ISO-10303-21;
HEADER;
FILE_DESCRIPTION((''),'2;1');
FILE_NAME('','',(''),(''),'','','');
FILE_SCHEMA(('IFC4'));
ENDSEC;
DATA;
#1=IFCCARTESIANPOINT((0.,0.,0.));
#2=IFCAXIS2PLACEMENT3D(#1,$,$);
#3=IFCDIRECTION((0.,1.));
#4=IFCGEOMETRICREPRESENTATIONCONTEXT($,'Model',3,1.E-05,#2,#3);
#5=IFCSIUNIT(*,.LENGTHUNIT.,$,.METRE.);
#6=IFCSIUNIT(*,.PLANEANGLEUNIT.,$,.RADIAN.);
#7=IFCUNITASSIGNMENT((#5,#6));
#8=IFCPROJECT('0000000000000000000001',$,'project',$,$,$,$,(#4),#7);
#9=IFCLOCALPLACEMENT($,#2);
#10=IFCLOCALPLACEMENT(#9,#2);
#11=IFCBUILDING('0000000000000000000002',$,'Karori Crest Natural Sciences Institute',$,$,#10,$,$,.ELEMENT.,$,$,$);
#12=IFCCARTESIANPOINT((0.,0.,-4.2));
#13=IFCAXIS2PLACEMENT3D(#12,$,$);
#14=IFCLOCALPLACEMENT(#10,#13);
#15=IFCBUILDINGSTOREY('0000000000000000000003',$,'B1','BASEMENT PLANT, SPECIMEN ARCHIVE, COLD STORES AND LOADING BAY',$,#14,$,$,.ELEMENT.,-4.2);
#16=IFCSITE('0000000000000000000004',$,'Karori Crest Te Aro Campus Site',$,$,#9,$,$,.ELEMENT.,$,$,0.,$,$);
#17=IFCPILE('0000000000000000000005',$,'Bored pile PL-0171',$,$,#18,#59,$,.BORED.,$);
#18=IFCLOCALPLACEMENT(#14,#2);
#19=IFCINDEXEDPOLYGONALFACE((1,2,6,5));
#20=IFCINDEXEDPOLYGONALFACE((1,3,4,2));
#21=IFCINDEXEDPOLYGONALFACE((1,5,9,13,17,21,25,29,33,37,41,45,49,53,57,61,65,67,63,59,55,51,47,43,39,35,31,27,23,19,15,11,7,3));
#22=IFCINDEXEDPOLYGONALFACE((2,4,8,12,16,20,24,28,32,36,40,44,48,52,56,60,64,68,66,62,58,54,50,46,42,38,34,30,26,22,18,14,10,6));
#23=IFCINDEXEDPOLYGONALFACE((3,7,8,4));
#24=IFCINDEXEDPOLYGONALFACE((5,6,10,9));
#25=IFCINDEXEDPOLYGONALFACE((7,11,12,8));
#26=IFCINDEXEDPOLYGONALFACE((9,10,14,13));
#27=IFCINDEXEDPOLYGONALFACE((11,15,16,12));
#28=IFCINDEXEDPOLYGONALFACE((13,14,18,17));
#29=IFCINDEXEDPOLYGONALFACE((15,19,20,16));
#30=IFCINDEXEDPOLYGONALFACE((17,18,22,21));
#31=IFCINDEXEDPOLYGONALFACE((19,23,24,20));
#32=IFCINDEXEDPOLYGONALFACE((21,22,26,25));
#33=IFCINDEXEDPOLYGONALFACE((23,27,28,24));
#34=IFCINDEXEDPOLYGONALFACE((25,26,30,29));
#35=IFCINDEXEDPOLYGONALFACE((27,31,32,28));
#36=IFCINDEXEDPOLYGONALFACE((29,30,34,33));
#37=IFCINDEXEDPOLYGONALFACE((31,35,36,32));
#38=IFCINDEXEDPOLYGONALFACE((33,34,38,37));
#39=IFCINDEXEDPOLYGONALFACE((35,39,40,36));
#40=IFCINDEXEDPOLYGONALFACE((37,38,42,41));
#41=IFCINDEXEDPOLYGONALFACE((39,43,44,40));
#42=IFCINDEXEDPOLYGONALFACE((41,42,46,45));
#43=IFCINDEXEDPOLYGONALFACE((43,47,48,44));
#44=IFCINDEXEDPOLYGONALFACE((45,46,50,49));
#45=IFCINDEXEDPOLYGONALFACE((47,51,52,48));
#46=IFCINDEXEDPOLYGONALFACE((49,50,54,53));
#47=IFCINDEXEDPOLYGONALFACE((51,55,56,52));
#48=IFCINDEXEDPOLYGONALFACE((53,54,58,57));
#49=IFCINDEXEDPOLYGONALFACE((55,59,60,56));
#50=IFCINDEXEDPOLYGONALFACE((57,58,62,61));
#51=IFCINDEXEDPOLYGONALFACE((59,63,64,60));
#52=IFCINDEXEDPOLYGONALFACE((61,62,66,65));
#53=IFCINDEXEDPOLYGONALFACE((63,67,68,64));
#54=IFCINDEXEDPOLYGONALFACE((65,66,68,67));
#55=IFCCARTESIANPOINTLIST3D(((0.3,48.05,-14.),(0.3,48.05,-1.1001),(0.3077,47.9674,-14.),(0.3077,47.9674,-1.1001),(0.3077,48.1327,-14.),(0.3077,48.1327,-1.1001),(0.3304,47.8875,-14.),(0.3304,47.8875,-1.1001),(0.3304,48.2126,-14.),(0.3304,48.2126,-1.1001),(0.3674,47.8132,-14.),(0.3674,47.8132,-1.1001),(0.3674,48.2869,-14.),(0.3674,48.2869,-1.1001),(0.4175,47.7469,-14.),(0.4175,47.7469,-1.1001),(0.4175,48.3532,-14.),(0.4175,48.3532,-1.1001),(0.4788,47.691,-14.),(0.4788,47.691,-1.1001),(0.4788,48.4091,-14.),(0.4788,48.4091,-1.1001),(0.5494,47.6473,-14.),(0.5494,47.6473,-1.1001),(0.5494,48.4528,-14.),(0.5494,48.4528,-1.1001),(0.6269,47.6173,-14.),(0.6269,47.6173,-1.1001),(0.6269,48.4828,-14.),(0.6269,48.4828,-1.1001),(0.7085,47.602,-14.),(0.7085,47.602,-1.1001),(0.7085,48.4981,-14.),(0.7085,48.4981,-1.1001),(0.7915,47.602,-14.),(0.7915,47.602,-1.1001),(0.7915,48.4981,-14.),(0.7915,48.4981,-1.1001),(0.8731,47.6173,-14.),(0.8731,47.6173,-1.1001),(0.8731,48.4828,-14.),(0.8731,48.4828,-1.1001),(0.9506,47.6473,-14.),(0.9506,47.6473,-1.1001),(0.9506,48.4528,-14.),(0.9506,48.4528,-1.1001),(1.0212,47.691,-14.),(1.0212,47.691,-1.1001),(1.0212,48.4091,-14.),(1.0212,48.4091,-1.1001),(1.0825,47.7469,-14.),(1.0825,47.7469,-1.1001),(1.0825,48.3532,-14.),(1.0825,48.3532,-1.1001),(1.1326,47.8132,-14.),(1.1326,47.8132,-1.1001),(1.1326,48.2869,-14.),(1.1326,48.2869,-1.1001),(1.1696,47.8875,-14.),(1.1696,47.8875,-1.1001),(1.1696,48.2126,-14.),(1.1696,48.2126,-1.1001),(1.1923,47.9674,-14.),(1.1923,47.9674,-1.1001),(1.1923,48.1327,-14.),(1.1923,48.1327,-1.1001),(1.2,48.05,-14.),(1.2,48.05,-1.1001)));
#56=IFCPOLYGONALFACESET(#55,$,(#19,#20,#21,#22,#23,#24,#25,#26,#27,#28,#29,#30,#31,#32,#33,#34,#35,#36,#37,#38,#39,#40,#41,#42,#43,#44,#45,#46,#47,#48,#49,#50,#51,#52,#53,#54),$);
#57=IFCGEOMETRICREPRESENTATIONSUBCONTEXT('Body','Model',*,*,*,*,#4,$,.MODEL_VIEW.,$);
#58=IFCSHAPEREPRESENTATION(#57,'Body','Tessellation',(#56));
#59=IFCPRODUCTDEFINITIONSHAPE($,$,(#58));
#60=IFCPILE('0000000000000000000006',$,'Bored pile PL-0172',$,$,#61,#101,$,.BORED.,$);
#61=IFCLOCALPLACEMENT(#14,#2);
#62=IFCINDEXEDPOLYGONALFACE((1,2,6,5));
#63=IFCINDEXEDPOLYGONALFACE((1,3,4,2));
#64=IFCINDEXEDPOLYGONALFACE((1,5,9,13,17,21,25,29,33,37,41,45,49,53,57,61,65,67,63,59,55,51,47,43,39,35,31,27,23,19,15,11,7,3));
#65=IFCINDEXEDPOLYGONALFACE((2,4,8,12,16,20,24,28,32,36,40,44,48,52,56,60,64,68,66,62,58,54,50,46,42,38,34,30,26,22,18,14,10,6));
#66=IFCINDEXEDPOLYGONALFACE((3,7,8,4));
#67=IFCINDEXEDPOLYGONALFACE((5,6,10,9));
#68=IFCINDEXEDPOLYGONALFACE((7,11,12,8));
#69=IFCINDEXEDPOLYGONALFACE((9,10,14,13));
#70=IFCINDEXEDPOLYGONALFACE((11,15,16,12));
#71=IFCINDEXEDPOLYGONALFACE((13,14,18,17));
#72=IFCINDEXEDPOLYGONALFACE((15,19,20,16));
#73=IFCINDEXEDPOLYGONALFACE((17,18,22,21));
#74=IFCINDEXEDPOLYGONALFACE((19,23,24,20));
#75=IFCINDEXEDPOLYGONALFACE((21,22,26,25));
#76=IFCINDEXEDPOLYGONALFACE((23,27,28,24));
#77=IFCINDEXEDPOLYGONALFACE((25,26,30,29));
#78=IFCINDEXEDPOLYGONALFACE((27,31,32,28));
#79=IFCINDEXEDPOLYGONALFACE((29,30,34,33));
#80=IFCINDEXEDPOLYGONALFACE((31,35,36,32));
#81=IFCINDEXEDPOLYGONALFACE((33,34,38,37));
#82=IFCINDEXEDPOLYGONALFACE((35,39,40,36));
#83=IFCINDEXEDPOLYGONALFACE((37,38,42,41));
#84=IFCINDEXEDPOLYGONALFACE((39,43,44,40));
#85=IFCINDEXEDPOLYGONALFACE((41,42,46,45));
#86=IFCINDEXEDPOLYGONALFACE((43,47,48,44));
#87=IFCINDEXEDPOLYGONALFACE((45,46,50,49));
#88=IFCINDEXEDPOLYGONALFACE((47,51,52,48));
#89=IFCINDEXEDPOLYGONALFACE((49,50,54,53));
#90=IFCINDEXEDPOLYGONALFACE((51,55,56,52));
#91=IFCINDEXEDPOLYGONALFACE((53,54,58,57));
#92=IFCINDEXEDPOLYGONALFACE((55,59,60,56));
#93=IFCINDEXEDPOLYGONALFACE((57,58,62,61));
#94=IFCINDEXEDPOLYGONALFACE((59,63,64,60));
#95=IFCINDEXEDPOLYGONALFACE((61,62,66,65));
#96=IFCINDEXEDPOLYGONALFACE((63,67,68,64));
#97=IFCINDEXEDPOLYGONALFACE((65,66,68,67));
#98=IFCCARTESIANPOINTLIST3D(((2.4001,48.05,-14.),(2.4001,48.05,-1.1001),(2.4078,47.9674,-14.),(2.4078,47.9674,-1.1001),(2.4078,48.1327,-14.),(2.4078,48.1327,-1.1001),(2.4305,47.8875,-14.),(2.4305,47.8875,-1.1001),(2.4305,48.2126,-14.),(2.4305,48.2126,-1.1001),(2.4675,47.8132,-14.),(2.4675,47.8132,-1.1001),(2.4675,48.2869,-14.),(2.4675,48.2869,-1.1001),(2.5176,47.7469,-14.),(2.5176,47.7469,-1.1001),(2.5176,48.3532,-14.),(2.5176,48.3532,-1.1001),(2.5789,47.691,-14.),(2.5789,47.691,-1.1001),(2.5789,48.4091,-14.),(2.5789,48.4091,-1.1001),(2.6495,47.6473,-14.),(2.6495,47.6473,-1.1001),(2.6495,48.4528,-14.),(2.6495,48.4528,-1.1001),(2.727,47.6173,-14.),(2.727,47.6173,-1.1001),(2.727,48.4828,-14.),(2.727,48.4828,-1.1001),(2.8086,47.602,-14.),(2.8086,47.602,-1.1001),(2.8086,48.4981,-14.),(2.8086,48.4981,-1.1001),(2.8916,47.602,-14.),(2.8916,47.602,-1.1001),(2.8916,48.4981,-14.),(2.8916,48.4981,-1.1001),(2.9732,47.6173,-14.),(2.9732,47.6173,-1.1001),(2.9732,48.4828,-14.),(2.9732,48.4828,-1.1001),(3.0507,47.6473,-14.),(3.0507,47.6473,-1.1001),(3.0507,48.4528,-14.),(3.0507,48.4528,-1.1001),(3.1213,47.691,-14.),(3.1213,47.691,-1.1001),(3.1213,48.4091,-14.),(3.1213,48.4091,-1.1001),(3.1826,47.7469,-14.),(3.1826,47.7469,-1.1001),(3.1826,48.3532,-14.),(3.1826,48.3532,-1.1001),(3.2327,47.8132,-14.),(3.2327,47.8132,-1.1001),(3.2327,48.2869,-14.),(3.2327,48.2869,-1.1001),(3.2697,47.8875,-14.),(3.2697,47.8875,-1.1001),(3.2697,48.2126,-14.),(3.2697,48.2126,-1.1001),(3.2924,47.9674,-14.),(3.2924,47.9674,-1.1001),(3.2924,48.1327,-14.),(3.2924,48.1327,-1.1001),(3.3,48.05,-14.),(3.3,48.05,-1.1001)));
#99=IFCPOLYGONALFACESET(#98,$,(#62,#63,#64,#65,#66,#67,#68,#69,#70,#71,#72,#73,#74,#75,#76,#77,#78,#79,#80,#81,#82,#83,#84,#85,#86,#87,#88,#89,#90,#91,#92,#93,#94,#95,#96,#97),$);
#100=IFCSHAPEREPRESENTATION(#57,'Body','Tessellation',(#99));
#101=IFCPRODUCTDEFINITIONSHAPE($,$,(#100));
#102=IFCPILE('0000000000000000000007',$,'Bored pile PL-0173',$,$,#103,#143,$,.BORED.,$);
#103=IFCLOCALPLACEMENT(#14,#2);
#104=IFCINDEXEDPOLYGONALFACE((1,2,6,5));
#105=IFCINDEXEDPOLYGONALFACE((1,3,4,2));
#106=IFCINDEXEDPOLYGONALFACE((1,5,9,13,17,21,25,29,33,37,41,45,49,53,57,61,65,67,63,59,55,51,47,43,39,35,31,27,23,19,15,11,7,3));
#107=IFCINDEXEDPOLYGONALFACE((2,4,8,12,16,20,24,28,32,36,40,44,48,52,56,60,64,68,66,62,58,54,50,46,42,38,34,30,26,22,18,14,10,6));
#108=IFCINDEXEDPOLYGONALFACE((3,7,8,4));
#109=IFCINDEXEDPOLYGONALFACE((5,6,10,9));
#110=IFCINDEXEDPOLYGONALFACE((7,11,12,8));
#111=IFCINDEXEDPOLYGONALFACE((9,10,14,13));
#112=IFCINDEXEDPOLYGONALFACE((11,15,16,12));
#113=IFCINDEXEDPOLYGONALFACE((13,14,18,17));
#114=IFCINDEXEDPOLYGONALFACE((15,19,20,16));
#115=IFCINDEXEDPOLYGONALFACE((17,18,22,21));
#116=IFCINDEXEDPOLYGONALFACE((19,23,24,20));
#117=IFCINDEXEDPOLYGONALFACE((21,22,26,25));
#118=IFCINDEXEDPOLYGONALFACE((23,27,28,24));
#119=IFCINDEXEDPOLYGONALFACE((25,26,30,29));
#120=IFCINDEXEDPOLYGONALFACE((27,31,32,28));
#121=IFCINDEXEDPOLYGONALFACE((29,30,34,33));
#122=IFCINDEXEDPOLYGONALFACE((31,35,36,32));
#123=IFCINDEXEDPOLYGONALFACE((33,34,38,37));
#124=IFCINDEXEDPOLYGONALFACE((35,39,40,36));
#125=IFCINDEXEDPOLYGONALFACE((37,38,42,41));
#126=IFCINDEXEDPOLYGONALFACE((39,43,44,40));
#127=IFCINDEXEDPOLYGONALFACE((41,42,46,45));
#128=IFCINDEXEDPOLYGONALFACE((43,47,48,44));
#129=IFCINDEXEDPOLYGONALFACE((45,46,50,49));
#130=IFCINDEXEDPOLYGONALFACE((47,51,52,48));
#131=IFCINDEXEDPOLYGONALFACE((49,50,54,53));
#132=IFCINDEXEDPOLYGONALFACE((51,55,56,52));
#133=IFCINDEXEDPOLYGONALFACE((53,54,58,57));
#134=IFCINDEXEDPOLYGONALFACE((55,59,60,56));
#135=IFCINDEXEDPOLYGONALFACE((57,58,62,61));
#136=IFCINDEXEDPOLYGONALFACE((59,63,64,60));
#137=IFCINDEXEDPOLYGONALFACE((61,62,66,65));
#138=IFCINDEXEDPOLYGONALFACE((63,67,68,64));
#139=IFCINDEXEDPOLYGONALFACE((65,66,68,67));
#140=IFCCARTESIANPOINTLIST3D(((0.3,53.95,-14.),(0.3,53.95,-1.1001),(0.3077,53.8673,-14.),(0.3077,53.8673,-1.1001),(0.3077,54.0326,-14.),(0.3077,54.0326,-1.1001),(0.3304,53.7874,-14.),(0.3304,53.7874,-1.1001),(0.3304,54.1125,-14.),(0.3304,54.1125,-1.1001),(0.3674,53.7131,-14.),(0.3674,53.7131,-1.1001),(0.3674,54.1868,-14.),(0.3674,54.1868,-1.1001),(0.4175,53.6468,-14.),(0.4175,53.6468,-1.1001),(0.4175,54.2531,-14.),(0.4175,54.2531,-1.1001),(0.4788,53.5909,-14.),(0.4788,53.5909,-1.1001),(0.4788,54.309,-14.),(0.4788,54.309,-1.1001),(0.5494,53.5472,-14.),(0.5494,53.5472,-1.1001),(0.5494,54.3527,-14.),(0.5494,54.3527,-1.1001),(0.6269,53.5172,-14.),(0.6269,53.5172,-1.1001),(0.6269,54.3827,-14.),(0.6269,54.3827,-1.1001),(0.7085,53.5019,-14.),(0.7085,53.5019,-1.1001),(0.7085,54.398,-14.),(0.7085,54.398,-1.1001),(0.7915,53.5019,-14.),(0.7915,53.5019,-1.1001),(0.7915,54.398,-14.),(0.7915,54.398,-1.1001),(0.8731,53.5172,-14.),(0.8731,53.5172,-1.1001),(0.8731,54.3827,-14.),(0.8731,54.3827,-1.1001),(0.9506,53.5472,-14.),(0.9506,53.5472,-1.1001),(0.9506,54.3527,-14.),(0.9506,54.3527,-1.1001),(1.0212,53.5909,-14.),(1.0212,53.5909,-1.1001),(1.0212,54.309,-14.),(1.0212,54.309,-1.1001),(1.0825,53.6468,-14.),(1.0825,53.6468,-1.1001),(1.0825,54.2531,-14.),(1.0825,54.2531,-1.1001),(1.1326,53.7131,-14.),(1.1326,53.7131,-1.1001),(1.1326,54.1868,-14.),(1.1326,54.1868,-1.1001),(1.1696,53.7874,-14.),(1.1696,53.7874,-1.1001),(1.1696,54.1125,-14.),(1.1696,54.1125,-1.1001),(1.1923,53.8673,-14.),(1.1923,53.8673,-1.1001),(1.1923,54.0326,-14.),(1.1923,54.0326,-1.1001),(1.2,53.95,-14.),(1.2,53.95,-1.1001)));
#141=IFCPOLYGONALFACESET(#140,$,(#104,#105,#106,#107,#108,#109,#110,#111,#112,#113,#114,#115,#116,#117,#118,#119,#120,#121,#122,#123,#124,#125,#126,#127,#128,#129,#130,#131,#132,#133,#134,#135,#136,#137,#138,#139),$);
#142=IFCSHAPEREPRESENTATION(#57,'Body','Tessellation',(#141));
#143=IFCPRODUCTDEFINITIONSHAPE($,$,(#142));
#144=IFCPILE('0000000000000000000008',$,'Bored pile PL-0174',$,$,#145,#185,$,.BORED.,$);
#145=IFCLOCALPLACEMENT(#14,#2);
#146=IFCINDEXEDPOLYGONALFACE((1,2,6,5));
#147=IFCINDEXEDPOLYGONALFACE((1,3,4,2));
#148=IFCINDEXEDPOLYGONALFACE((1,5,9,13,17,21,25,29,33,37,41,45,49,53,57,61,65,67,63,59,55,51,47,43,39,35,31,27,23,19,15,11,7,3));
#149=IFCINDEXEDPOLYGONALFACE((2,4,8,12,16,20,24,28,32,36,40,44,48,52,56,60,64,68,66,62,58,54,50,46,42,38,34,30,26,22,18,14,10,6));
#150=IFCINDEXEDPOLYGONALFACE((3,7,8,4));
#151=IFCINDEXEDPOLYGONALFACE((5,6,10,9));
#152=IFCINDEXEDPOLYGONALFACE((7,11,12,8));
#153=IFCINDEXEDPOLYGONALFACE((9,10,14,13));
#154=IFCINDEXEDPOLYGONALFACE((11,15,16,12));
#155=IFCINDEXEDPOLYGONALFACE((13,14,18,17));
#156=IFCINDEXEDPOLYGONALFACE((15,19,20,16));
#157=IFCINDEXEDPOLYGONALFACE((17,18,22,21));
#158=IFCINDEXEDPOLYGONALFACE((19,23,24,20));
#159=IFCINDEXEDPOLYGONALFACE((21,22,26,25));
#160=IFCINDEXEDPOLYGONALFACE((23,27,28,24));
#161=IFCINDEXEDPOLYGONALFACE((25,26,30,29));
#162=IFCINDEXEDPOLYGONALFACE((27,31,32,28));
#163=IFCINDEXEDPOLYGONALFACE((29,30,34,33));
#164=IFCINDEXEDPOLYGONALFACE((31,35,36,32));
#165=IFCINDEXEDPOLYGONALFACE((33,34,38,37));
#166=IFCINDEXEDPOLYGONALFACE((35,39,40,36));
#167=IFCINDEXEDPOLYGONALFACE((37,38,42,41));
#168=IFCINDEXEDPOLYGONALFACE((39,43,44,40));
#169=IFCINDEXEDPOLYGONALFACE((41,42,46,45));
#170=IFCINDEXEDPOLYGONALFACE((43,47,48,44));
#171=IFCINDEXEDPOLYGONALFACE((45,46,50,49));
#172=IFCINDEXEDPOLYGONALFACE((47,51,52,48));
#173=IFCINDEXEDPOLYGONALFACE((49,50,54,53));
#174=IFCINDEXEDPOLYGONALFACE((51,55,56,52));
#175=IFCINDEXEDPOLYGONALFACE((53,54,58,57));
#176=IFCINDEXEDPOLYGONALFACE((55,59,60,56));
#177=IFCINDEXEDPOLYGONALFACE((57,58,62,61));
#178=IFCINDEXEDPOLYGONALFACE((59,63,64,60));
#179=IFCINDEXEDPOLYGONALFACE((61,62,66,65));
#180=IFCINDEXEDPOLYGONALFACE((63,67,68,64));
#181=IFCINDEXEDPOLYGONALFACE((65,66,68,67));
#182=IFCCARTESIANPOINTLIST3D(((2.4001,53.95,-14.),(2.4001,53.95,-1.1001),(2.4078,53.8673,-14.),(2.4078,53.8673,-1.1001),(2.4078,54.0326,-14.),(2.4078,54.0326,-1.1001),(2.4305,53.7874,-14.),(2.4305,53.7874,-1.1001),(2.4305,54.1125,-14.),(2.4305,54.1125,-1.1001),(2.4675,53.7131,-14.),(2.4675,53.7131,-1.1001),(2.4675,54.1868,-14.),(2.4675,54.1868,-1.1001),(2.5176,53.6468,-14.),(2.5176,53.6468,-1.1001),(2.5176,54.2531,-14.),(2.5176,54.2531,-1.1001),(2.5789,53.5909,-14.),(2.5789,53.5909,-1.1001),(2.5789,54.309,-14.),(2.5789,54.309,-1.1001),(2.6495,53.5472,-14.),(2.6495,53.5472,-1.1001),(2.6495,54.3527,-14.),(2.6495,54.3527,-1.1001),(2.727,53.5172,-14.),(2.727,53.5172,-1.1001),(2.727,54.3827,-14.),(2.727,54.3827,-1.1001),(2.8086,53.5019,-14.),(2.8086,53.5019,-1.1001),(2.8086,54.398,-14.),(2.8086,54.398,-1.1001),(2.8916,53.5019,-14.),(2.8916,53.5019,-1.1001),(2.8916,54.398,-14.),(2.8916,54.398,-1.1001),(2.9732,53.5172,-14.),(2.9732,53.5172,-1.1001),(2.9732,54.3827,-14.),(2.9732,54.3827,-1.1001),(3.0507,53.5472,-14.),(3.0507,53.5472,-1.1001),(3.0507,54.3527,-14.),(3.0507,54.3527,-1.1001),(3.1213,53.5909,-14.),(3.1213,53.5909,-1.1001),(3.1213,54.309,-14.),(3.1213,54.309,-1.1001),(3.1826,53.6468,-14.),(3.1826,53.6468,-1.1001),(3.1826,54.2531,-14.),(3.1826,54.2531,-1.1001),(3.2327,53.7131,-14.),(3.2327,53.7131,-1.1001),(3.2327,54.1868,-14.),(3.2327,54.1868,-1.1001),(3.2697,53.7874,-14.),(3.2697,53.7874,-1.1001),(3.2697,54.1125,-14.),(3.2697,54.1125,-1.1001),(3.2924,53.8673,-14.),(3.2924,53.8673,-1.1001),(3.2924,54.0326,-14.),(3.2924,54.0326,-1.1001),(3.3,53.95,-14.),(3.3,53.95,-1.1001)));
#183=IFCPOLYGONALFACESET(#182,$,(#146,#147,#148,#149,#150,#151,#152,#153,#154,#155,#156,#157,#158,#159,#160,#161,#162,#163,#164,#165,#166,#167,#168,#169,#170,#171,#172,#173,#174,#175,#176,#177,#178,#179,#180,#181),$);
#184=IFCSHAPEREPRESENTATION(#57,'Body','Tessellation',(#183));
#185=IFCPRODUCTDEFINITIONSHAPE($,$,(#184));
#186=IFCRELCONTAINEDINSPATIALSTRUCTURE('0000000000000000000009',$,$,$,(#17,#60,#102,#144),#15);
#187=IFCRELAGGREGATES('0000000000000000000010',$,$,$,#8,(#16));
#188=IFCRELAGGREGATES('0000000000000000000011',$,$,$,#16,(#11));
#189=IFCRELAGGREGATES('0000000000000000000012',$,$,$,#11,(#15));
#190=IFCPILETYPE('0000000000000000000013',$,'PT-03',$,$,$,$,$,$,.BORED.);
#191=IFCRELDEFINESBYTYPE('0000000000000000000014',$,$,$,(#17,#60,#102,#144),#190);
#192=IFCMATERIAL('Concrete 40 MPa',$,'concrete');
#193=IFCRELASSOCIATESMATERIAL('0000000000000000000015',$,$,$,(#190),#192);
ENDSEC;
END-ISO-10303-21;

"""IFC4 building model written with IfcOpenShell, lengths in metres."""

from ifc_helpers import new_model, si_unit, direction, frame, origin, origin_2d, place, context, subcontext, project, spatial, circle, extrude, material, material_profile, profile_set, type_object, element, save


model = new_model("IFC4")

# Units and contexts
model_context = context("Model", 3, precision=1e-05, world=origin(), true_north=direction((0.0, 1.0)))
body_context = subcontext(model_context, "Body", "Model", "MODEL_VIEW")
ifc_project = project(units=[si_unit("LENGTHUNIT", "METRE"), si_unit("PLANEANGLEUNIT", "RADIAN")], contexts=[model_context])

# Site, building, storey
site_placement = place(None, origin())
site = spatial("IfcSite", under=ifc_project, at=site_placement, Name="Karori Crest Te Aro Campus Site", CompositionType="ELEMENT", RefElevation=0.0)
building_placement = place(site_placement, origin())
building = spatial("IfcBuilding", under=site, at=building_placement, Name="Karori Crest Natural Sciences Institute", CompositionType="ELEMENT")
storey_placement = place(building_placement, frame((0.0, 0.0, -4.2)))
storey = spatial("IfcBuildingStorey", under=building, at=storey_placement, Name="B1", Description="BASEMENT PLANT, SPECIMEN ARCHIVE, COLD STORES AND LOADING BAY", CompositionType="ELEMENT", Elevation=-4.2)

# Shared definitions
ifc_material_1 = material(Name="Concrete 40 MPa", Category="concrete")

# Piles
ifc_material_profile_1 = material_profile(ifc_material_1, circle(Radius=0.45, at=origin_2d()), Name="PILE900")
ifc_profile_set_1 = profile_set([ifc_material_profile_1], Name="Concrete 40 MPa")
pile_type = type_object("IfcPileType", Name="PT-03", PredefinedType="BORED", material=ifc_profile_set_1)
for number, where, z_axis, x_axis, name in (
    (1, (0.75, 48.05, -1.1001), (0.0, 0.0, -1.0), (1.0, 0.0, 0.0), "Bored pile PL-0171"),
    (2, (2.8501, 48.05, -1.1001), (0.0, 0.0, -1.0), (1.0, 0.0, 0.0), "Bored pile PL-0172"),
    (3, (0.75, 53.95, -1.1001), (0.0, 0.0, -1.0), (1.0, 0.0, 0.0), "Bored pile PL-0173"),
    (4, (2.8501, 53.95, -1.1001), (0.0, 0.0, -1.0), (1.0, 0.0, 0.0), "Bored pile PL-0174"),
):
    element("IfcPile", number, at=place(storey_placement, frame(where, z_axis=z_axis, x_axis=x_axis)), inside=storey, type_object=pile_type, Name=name, PredefinedType="BORED", context=body_context, shape_type="SweptSolid", body=[
        extrude(circle(Radius=0.45, at=origin_2d()), origin(), (0.0, 0.0, 1.0), 12.8999),
    ])

save(model, "model.ifc")
